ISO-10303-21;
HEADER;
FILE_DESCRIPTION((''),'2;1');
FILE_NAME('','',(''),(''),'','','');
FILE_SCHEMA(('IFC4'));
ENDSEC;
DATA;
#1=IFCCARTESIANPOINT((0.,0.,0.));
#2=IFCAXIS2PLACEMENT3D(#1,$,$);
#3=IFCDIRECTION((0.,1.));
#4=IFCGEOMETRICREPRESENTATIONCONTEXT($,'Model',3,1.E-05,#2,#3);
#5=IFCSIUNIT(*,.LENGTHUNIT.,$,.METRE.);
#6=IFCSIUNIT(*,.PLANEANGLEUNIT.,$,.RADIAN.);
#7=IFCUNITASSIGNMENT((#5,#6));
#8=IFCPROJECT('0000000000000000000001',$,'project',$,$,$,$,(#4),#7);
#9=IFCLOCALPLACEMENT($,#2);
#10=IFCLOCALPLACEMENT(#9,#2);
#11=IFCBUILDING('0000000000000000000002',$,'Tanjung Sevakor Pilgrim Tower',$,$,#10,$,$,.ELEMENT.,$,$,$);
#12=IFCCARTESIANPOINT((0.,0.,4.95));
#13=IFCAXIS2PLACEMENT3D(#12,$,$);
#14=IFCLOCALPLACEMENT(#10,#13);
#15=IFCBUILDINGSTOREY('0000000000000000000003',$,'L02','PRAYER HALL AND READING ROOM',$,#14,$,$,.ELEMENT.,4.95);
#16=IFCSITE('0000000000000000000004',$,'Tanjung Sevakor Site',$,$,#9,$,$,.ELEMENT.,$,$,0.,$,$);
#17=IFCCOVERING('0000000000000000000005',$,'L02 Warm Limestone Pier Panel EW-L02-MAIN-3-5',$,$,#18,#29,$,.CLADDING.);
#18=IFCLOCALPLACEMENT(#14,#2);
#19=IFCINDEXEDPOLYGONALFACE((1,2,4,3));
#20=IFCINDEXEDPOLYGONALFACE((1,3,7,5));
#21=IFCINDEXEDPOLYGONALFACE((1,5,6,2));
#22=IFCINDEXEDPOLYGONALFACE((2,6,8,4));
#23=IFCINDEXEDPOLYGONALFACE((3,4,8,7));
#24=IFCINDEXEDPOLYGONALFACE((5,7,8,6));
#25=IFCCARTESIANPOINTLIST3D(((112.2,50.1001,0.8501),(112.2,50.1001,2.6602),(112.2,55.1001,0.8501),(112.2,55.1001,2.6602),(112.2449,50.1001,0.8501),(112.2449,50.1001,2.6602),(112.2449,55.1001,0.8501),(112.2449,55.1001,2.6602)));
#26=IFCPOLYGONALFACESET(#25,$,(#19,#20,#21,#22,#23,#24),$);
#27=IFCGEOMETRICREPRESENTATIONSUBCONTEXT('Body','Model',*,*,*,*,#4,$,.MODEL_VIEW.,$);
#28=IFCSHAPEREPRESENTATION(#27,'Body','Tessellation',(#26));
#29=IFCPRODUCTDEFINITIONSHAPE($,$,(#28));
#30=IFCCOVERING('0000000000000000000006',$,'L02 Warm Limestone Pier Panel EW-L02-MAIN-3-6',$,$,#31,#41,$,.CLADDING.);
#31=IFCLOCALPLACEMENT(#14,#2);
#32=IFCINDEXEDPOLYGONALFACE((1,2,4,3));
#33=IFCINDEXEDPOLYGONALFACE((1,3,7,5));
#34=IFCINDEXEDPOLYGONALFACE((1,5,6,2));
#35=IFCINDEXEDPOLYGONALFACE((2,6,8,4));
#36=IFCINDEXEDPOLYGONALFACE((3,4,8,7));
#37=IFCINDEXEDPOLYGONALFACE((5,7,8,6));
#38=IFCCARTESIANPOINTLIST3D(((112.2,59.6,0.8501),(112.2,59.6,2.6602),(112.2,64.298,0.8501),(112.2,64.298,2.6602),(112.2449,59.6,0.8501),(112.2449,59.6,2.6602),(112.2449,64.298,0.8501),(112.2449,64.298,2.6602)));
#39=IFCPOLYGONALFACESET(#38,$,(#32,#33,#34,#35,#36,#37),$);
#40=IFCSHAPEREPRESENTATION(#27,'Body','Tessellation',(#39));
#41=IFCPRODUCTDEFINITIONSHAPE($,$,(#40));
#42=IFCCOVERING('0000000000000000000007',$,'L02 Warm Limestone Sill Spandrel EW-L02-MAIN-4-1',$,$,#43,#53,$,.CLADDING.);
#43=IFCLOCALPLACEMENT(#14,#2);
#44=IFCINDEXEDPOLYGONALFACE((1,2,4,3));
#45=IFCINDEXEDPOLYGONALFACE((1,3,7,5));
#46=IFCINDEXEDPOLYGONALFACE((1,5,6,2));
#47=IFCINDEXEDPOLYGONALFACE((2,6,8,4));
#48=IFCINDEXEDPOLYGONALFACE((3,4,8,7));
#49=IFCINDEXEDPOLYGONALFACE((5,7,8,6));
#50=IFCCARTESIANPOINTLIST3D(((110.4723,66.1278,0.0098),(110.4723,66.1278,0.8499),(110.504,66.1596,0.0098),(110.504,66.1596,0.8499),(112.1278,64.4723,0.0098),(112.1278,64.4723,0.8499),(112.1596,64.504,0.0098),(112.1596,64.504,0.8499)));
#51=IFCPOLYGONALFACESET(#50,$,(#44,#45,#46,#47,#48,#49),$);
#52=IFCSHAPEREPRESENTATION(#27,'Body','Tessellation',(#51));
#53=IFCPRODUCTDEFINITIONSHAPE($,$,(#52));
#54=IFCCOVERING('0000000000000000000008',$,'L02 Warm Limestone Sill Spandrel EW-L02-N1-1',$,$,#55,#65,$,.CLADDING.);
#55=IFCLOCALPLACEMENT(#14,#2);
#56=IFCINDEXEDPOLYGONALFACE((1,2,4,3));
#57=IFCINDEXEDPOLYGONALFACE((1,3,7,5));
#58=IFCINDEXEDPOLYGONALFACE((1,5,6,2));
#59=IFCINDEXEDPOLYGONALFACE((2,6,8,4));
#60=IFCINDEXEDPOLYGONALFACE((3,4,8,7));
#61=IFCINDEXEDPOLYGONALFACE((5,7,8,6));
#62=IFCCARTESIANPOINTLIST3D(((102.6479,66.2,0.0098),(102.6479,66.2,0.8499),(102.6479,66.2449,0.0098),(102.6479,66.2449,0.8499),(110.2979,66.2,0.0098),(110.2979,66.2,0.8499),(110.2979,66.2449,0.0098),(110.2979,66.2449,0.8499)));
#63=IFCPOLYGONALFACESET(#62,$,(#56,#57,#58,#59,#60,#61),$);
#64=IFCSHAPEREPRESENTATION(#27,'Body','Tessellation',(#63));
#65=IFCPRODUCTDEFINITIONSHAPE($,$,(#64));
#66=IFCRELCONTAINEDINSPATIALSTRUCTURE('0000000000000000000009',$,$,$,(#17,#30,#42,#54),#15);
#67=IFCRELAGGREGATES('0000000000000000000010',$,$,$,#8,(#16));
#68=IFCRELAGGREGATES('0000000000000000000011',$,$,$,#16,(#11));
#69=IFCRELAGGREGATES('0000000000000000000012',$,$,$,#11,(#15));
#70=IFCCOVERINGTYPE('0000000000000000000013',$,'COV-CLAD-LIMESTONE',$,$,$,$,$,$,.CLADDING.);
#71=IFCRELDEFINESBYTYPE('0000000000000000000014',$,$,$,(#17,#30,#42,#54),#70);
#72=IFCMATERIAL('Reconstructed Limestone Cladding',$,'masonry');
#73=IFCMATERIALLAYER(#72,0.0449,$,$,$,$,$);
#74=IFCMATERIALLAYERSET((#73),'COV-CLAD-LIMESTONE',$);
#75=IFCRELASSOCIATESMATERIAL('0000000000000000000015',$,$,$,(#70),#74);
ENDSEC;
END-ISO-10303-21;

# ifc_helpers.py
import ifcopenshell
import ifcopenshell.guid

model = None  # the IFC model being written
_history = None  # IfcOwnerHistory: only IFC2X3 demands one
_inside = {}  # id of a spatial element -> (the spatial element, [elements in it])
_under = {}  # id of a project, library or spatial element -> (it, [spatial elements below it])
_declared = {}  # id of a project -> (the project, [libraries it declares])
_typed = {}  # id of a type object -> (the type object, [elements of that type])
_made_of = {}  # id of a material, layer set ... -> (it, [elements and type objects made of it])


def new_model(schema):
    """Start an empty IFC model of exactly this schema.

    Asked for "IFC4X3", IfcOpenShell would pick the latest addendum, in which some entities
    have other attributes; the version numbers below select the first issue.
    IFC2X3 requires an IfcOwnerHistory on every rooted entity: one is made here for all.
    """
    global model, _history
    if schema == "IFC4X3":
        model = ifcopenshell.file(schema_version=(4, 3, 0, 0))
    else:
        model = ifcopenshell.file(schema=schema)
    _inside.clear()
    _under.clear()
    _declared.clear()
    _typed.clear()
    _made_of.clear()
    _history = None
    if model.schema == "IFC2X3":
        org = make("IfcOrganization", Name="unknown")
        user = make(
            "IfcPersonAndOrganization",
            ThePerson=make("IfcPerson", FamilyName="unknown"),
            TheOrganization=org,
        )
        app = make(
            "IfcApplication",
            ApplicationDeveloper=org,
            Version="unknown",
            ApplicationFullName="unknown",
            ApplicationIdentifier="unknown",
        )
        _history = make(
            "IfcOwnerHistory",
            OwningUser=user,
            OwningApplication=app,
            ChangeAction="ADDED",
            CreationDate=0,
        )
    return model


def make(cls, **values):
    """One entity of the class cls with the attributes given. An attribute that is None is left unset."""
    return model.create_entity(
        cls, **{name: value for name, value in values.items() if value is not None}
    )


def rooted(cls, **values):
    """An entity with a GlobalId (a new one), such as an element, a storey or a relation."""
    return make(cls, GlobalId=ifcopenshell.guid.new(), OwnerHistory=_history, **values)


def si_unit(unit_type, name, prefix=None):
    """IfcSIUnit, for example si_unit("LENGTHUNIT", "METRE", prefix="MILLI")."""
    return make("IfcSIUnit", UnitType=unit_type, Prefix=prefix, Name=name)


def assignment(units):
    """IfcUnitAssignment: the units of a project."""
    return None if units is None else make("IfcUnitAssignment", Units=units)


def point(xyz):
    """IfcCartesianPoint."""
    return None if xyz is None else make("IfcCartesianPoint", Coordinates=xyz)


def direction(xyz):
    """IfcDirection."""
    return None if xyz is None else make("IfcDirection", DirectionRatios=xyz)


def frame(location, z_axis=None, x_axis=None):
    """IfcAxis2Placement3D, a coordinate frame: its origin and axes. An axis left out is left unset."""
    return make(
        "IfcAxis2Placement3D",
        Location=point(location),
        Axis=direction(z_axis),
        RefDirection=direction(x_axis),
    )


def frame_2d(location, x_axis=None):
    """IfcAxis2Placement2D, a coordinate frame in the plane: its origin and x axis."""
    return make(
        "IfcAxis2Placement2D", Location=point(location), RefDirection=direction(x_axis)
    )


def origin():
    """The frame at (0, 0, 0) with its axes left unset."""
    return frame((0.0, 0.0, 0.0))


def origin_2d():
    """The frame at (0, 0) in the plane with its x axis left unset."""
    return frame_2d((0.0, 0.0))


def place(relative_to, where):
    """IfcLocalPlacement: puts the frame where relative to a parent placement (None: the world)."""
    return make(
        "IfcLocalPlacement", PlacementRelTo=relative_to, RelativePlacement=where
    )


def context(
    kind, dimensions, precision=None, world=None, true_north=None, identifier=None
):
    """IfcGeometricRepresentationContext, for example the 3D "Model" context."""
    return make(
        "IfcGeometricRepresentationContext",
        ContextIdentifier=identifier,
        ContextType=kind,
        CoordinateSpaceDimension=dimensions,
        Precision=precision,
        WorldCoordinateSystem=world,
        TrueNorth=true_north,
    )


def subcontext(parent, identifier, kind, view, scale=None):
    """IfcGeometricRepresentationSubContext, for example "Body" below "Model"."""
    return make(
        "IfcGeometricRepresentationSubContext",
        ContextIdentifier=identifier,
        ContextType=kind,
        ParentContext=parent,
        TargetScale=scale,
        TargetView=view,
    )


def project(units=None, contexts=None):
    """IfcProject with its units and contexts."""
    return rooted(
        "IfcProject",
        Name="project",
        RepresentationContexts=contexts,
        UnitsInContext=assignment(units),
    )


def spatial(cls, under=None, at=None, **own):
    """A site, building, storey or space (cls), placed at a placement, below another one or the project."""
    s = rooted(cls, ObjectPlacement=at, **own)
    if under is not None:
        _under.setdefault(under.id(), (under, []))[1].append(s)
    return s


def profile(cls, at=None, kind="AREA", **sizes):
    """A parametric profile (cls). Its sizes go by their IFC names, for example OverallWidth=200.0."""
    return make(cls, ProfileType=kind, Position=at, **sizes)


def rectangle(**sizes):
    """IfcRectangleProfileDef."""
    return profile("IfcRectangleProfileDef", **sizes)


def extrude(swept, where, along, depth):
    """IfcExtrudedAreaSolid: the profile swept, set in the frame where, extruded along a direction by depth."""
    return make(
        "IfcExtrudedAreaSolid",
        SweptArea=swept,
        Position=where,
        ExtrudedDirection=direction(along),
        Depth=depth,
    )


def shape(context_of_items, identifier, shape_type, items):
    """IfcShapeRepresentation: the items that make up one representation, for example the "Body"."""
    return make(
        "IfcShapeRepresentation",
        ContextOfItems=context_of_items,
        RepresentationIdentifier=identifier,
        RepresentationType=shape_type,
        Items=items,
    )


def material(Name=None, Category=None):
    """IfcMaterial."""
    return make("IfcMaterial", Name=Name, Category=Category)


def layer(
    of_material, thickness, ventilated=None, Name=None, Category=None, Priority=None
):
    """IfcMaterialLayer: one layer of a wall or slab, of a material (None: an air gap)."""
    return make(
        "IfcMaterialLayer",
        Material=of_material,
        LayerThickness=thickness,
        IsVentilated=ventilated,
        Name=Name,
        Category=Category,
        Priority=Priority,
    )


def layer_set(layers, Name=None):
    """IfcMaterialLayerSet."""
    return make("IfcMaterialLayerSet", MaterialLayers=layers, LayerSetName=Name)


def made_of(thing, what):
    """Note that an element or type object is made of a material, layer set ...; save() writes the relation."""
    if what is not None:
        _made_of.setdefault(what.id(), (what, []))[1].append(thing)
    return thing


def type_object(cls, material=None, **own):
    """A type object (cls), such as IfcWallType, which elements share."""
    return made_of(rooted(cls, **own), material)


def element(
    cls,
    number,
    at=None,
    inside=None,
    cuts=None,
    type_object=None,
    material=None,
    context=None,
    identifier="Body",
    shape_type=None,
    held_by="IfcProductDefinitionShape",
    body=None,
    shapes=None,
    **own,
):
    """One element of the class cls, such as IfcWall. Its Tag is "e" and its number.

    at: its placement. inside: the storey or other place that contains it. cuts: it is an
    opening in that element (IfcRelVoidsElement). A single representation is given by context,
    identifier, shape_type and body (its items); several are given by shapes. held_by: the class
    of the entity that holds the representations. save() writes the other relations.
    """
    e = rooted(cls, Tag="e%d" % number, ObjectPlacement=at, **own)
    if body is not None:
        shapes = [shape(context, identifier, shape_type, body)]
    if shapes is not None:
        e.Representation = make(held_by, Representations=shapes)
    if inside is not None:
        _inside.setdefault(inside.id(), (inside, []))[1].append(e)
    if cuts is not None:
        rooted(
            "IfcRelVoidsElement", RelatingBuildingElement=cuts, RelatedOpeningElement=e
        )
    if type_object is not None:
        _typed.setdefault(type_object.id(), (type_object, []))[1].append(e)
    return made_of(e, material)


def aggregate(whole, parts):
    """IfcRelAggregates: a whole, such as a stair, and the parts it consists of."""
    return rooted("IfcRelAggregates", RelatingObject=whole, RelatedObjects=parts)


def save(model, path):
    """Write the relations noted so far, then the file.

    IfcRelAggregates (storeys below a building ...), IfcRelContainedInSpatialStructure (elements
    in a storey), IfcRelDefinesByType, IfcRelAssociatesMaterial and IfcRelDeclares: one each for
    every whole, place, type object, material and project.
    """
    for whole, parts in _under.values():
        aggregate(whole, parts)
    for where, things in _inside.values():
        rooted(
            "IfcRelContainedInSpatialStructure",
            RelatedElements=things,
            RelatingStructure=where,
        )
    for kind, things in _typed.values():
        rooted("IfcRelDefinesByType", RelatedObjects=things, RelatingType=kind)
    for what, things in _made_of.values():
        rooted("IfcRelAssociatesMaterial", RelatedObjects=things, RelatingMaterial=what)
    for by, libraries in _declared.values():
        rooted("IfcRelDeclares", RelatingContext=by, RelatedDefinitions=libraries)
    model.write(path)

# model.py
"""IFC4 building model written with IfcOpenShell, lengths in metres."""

from ifc_helpers import new_model, si_unit, direction, frame, origin, origin_2d, place, context, subcontext, project, spatial, rectangle, extrude, material, layer, layer_set, type_object, element, save


model = new_model("IFC4")

# Units and contexts
model_context = context("Model", 3, precision=1e-05, world=origin(), true_north=direction((0.0, 1.0)))
body_context = subcontext(model_context, "Body", "Model", "MODEL_VIEW")
ifc_project = project(units=[si_unit("LENGTHUNIT", "METRE"), si_unit("PLANEANGLEUNIT", "RADIAN")], contexts=[model_context])

# Site, building, storey
site_placement = place(None, origin())
site = spatial("IfcSite", under=ifc_project, at=site_placement, Name="Tanjung Sevakor Site", CompositionType="ELEMENT", RefElevation=0.0)
building_placement = place(site_placement, origin())
building = spatial("IfcBuilding", under=site, at=building_placement, Name="Tanjung Sevakor Pilgrim Tower", CompositionType="ELEMENT")
storey_placement = place(building_placement, frame((0.0, 0.0, 4.95)))
storey = spatial("IfcBuildingStorey", under=building, at=storey_placement, Name="L02", Description="PRAYER HALL AND READING ROOM", CompositionType="ELEMENT", Elevation=4.95)

# Coverings
ifc_material_1 = material(Name="Reconstructed Limestone Cladding", Category="masonry")
ifc_layer_1 = layer(ifc_material_1, 0.0449)
ifc_layer_set_1 = layer_set([ifc_layer_1], Name="COV-CLAD-LIMESTONE")
covering_type = type_object("IfcCoveringType", Name="COV-CLAD-LIMESTONE", PredefinedType="CLADDING", material=ifc_layer_set_1)
covering_1_placement = place(storey_placement, frame((112.2224, 52.6001, 0.8501), z_axis=(0.0, 0.0, 1.0), x_axis=(0.0, 1.0, 0.0)))
element("IfcCovering", 1, at=covering_1_placement, inside=storey, type_object=covering_type, Name="L02 Warm Limestone Pier Panel EW-L02-MAIN-3-5", PredefinedType="CLADDING", context=body_context, shape_type="SweptSolid", body=[
    extrude(rectangle(XDim=5.0, YDim=0.0449, at=origin_2d()), origin(), (0.0, 0.0, 1.0), 1.8101),
])
covering_2_placement = place(storey_placement, frame((112.2224, 61.949, 0.8501), z_axis=(0.0, 0.0, 1.0), x_axis=(0.0, 1.0, 0.0)))
element("IfcCovering", 2, at=covering_2_placement, inside=storey, type_object=covering_type, Name="L02 Warm Limestone Pier Panel EW-L02-MAIN-3-6", PredefinedType="CLADDING", context=body_context, shape_type="SweptSolid", body=[
    extrude(rectangle(XDim=4.698, YDim=0.0449, at=origin_2d()), origin(), (0.0, 0.0, 1.0), 1.8101),
])
covering_3_placement = place(storey_placement, frame((111.3159, 65.3159, 0.0098), z_axis=(0.0, 0.0, 1.0), x_axis=(-0.707107, 0.707107, 0.0)))
element("IfcCovering", 3, at=covering_3_placement, inside=storey, type_object=covering_type, Name="L02 Warm Limestone Sill Spandrel EW-L02-MAIN-4-1", PredefinedType="CLADDING", context=body_context, shape_type="SweptSolid", body=[
    extrude(rectangle(XDim=2.3413, YDim=0.0449, at=origin_2d()), origin(), (0.0, 0.0, 1.0), 0.8401),
])
covering_4_placement = place(storey_placement, frame((106.4729, 66.2224, 0.0098), z_axis=(0.0, 0.0, 1.0), x_axis=(-1.0, 0.0, 0.0)))
element("IfcCovering", 4, at=covering_4_placement, inside=storey, type_object=covering_type, Name="L02 Warm Limestone Sill Spandrel EW-L02-N1-1", PredefinedType="CLADDING", context=body_context, shape_type="SweptSolid", body=[
    extrude(rectangle(XDim=7.6499, YDim=0.0449, at=origin_2d()), origin(), (0.0, 0.0, 1.0), 0.8401),
])

save(model, "model.ifc")
